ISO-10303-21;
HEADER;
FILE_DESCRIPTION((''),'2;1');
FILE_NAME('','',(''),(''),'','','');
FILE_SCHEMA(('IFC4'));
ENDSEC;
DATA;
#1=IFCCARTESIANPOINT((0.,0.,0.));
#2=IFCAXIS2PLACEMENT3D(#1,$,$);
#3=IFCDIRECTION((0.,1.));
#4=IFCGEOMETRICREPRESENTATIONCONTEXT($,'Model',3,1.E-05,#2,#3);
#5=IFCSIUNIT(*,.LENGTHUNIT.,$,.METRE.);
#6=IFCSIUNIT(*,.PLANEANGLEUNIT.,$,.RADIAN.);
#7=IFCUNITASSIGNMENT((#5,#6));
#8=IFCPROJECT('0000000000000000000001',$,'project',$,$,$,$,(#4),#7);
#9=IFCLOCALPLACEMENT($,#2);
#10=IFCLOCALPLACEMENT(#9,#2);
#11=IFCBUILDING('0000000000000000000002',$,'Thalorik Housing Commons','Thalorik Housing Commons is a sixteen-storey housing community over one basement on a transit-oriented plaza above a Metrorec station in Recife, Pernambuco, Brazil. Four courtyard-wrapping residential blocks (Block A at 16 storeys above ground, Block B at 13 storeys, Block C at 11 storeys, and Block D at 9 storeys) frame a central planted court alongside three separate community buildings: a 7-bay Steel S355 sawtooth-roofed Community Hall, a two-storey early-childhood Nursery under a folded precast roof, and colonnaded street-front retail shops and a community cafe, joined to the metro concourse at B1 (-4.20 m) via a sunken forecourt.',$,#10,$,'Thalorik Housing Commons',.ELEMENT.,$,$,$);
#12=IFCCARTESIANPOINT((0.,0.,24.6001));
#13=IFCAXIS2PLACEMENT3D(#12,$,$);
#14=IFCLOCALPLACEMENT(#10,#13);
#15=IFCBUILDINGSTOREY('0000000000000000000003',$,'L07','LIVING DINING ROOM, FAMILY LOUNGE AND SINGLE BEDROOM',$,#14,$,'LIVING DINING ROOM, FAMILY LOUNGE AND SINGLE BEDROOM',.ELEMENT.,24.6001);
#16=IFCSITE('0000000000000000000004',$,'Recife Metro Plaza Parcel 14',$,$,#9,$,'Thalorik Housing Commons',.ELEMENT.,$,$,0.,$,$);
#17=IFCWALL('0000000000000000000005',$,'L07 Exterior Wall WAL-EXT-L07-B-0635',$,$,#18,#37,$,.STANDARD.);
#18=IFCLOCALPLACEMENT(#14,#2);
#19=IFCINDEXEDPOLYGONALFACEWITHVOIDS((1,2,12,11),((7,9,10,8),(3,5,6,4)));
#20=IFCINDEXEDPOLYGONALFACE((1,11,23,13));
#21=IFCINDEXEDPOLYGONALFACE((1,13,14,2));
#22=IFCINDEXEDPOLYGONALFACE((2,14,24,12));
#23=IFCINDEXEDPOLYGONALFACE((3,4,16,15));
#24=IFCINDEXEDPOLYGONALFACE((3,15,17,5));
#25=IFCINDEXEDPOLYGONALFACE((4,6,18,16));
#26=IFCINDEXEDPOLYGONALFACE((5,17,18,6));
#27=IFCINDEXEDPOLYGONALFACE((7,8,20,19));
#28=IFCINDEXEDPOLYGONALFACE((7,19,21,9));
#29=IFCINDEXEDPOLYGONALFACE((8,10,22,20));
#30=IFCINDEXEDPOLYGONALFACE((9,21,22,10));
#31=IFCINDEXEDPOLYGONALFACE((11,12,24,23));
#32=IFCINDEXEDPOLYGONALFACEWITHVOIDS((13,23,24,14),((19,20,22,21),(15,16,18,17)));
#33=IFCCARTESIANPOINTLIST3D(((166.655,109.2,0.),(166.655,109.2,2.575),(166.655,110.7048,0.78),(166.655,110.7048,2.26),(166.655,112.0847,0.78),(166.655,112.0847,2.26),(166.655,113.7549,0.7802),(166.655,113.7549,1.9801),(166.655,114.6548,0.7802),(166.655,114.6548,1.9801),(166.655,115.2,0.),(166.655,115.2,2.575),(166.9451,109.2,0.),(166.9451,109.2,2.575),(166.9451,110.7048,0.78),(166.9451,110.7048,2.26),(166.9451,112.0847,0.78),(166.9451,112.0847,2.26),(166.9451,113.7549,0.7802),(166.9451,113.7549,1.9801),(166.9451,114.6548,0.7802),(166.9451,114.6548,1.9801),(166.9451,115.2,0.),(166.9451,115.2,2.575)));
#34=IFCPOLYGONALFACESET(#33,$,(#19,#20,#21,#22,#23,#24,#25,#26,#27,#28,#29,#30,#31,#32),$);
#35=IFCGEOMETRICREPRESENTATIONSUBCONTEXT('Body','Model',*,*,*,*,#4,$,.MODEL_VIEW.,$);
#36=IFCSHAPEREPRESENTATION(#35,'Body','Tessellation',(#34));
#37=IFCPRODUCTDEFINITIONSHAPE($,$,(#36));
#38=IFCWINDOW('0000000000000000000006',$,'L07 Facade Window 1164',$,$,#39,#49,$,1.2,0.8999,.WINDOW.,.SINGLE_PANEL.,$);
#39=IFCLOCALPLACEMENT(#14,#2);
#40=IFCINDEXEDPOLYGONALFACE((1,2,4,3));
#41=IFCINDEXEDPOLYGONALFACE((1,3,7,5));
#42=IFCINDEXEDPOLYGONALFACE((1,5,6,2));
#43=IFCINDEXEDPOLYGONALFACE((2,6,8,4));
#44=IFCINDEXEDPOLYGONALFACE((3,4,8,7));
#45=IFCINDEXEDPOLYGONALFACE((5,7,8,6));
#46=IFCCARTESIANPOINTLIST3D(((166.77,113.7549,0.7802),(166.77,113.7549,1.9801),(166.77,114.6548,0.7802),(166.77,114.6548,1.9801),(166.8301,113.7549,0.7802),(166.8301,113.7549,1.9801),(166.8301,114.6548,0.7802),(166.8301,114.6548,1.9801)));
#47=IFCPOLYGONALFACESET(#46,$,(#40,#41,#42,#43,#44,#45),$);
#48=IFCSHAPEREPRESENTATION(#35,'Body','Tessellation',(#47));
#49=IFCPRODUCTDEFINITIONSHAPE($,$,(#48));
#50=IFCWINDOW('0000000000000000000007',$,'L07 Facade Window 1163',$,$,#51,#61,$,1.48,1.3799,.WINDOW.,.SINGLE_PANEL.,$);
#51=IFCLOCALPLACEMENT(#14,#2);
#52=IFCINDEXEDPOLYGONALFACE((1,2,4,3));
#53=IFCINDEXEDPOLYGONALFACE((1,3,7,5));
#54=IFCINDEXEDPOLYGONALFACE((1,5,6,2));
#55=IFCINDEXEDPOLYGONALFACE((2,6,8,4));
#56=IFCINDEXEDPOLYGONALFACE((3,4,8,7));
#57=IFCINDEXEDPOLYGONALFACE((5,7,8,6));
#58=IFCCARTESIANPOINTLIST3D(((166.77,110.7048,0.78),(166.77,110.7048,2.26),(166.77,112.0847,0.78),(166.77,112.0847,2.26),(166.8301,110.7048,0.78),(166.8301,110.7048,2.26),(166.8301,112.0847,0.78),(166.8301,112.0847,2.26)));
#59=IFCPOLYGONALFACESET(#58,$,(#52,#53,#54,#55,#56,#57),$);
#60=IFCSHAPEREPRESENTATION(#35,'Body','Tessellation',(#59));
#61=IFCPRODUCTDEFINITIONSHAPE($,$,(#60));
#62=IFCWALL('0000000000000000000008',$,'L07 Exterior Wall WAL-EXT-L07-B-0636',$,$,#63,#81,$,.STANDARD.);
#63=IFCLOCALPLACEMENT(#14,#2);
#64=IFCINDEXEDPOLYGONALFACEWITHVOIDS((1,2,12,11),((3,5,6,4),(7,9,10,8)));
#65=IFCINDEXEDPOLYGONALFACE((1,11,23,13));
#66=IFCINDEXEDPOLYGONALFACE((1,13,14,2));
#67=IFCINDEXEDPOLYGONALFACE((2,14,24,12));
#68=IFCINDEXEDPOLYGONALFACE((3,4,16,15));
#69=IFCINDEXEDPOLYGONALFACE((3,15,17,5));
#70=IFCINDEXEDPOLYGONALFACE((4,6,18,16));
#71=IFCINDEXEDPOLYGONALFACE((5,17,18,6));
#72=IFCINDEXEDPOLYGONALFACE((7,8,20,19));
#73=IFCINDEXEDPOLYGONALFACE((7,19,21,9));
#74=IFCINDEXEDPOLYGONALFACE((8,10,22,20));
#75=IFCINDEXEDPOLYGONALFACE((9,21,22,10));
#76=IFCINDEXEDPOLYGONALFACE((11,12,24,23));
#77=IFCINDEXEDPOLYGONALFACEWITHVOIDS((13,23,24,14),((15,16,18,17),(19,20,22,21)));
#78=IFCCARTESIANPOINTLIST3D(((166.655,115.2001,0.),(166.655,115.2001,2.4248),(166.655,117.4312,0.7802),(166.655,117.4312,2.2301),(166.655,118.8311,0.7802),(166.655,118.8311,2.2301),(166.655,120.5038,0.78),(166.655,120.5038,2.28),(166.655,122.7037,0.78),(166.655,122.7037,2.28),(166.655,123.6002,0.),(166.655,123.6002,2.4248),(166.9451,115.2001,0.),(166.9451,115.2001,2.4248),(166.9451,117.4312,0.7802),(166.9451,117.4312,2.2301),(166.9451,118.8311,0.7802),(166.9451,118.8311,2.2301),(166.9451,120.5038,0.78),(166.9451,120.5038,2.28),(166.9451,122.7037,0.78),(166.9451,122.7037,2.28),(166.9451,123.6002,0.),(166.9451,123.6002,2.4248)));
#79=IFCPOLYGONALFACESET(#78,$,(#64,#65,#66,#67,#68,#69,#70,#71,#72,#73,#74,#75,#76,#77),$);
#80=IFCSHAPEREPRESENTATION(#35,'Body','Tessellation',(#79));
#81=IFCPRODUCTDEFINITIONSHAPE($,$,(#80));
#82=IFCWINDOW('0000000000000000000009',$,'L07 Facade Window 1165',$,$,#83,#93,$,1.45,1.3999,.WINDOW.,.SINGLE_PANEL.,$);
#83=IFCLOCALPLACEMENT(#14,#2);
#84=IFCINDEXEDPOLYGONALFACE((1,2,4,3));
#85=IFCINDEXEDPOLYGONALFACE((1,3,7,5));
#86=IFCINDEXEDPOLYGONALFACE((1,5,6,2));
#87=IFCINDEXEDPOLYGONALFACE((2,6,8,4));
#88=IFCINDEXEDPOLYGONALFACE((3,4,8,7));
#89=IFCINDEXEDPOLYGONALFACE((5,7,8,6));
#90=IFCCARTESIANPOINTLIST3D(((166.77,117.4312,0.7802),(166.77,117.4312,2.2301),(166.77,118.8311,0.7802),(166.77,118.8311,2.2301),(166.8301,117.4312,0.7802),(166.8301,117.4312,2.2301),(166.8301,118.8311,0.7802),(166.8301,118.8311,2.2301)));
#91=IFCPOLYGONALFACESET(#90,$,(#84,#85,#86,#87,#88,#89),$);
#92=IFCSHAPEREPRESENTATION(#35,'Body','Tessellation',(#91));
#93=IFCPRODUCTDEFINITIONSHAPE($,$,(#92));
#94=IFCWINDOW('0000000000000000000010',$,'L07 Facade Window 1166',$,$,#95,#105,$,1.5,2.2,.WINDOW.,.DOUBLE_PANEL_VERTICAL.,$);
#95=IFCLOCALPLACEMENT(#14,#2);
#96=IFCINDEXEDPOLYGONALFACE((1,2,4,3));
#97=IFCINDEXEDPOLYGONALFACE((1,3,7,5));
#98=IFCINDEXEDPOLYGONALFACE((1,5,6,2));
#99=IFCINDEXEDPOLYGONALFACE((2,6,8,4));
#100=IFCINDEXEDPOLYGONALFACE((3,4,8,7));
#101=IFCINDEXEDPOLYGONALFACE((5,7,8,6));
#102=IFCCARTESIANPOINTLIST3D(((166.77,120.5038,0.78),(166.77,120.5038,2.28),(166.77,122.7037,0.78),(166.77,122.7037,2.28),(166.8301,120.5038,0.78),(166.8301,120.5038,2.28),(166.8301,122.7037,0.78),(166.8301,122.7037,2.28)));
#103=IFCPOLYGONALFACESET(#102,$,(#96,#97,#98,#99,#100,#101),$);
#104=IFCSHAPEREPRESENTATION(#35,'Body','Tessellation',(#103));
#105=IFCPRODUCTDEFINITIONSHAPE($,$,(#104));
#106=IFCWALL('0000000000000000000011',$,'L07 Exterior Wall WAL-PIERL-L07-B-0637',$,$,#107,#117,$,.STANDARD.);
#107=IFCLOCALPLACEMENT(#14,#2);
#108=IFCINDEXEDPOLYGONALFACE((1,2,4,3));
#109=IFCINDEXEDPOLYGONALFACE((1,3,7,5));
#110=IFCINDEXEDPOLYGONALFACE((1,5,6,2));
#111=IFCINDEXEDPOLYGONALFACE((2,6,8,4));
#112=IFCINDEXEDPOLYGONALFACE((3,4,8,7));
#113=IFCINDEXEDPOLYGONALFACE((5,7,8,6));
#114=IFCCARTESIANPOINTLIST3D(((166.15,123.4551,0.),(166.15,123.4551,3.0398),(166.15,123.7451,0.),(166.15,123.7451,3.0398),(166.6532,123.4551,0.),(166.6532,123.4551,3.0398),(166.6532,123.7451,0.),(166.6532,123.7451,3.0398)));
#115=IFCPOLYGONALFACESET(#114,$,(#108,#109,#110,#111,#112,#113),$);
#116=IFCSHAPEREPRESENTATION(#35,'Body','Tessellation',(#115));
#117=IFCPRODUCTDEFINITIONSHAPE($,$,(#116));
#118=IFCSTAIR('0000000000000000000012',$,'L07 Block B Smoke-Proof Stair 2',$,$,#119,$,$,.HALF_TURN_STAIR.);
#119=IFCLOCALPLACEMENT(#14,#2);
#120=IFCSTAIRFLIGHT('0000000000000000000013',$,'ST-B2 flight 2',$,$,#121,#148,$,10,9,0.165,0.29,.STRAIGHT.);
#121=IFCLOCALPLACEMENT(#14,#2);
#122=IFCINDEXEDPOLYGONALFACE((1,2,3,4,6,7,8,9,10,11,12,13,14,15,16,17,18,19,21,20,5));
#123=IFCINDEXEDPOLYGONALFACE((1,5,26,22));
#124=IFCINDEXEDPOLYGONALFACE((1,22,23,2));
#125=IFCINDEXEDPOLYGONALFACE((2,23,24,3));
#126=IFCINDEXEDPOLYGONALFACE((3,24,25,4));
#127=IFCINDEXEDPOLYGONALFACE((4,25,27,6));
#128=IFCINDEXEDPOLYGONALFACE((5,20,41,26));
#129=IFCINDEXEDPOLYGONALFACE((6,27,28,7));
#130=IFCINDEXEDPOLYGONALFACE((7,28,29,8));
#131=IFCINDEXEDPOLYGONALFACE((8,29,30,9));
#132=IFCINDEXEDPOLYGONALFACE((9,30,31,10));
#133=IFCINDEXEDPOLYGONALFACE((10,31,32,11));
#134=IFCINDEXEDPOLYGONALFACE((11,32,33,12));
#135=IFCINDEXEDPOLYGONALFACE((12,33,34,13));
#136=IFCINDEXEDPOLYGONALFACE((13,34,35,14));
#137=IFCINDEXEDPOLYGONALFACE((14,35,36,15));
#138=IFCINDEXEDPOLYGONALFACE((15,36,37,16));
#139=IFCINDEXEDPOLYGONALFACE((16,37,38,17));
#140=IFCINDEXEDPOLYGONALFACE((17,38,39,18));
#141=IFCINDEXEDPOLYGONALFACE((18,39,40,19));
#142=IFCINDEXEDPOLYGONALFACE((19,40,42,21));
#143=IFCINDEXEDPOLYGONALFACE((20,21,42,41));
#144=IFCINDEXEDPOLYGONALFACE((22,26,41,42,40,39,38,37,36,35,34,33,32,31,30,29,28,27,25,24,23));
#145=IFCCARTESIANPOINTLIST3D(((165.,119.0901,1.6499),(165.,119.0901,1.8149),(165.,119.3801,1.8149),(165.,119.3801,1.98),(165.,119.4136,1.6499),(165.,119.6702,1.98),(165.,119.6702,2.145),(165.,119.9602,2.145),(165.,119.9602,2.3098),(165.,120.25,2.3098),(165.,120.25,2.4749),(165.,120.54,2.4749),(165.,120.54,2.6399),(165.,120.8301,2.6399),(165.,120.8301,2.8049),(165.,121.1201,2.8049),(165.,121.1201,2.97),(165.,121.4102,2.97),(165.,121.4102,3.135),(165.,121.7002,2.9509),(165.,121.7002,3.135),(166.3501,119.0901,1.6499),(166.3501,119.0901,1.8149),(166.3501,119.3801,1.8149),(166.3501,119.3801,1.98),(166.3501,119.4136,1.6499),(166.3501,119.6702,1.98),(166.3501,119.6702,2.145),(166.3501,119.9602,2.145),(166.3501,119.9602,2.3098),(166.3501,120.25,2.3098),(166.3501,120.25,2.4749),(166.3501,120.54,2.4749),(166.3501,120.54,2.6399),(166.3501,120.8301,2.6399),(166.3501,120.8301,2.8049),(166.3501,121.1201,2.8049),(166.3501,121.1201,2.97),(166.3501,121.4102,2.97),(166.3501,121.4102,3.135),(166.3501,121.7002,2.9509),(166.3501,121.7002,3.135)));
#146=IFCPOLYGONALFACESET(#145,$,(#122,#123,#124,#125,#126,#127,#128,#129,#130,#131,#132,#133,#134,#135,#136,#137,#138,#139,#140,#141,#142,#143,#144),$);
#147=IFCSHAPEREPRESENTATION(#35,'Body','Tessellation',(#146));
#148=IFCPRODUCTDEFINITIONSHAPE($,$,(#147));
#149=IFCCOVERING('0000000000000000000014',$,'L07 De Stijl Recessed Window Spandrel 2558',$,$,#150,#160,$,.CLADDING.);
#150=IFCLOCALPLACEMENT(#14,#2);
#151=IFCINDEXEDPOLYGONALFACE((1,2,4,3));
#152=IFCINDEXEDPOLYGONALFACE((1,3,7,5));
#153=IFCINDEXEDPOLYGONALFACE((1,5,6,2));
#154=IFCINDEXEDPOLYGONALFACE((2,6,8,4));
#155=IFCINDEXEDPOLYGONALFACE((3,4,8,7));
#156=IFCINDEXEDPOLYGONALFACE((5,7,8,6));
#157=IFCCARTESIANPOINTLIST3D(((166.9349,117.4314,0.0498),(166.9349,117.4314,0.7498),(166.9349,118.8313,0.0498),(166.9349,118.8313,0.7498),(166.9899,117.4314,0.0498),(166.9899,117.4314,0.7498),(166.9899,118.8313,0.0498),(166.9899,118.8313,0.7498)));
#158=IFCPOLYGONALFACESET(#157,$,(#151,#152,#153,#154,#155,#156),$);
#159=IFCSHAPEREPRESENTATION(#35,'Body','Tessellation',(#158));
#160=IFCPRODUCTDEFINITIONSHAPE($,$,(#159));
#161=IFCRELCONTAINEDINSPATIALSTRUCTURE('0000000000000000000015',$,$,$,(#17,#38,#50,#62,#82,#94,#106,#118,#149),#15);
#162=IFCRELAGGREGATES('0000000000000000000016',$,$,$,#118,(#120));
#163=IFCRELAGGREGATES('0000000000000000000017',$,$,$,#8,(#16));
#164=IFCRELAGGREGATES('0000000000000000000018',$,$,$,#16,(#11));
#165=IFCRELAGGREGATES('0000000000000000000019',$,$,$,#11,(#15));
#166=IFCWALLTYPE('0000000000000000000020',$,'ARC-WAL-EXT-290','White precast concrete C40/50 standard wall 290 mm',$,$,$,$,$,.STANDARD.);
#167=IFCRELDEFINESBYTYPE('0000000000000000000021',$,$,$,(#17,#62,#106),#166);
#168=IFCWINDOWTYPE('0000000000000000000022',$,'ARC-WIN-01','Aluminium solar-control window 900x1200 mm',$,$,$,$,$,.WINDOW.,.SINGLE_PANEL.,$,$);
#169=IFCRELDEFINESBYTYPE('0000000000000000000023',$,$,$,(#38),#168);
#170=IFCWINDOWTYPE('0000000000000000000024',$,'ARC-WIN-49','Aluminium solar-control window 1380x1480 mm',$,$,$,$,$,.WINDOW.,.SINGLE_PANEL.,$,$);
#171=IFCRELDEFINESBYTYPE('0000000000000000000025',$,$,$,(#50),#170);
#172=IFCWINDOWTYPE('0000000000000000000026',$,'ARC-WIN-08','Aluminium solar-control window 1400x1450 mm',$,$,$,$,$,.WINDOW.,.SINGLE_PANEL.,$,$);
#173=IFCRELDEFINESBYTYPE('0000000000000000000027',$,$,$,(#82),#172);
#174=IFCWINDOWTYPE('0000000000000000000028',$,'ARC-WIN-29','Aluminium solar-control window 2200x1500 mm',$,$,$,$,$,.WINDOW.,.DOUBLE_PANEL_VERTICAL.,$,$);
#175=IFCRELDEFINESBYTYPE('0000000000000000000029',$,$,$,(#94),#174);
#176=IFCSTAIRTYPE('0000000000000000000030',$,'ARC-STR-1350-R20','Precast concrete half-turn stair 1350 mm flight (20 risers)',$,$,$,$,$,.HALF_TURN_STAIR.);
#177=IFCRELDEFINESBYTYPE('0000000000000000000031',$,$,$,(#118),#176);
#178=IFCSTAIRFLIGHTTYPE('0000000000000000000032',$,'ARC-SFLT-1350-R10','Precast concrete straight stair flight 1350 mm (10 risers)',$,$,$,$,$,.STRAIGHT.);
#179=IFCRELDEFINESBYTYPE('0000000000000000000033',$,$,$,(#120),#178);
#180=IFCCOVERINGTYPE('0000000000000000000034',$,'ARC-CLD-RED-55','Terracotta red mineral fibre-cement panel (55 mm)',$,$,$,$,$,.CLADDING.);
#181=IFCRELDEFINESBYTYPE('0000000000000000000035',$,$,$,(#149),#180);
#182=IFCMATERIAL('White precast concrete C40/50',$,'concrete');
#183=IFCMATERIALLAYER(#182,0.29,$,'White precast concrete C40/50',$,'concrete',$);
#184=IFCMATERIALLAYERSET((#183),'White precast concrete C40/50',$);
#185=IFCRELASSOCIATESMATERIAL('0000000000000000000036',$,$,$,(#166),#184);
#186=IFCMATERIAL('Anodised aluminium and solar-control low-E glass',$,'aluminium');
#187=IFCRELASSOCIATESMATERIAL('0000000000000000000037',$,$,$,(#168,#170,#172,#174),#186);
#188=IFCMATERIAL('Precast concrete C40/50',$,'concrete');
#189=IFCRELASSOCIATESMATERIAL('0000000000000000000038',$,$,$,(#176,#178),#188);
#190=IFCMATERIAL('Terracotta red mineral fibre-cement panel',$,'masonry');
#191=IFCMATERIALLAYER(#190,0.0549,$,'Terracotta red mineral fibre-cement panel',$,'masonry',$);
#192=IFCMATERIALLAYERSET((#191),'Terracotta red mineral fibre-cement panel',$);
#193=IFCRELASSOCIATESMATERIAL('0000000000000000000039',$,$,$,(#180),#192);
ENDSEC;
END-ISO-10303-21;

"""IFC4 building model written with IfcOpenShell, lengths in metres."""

from ifc_helpers import new_model, si_unit, direction, frame, frame_2d, origin, origin_2d, place, context, subcontext, project, spatial, polyline, rectangle, outline, extrude, material, layer, layer_set, type_object, element, fill, aggregate, save


model = new_model("IFC4")

# Units and contexts
model_context = context("Model", 3, precision=1e-05, world=origin(), true_north=direction((0.0, 1.0)))
body_context = subcontext(model_context, "Body", "Model", "MODEL_VIEW")
ifc_project = project(units=[si_unit("LENGTHUNIT", "METRE"), si_unit("PLANEANGLEUNIT", "RADIAN")], contexts=[model_context])

# Site, building, storey
site_placement = place(None, origin())
site = spatial("IfcSite", under=ifc_project, at=site_placement, Name="Recife Metro Plaza Parcel 14", LongName="Thalorik Housing Commons", CompositionType="ELEMENT", RefElevation=0.0)
building_placement = place(site_placement, origin())
building = spatial("IfcBuilding", under=site, at=building_placement, Name="Thalorik Housing Commons", Description="Thalorik Housing Commons is a sixteen-storey housing community over one basement on a transit-oriented plaza above a Metrorec station in Recife, Pernambuco, Brazil. Four courtyard-wrapping residential blocks (Block A at 16 storeys above ground, Block B at 13 storeys, Block C at 11 storeys, and Block D at 9 storeys) frame a central planted court alongside three separate community buildings: a 7-bay Steel S355 sawtooth-roofed Community Hall, a two-storey early-childhood Nursery under a folded precast roof, and colonnaded street-front retail shops and a community cafe, joined to the metro concourse at B1 (-4.20 m) via a sunken forecourt.", LongName="Thalorik Housing Commons", CompositionType="ELEMENT")
storey_placement = place(building_placement, frame((0.0, 0.0, 24.6001)))
storey = spatial("IfcBuildingStorey", under=building, at=storey_placement, Name="L07", Description="LIVING DINING ROOM, FAMILY LOUNGE AND SINGLE BEDROOM", LongName="LIVING DINING ROOM, FAMILY LOUNGE AND SINGLE BEDROOM", CompositionType="ELEMENT", Elevation=24.6001)

# Shared definitions
ifc_material_1 = material(Name="Precast concrete C40/50", Category="concrete")

# Shared definitions
ifc_material_2 = material(Name="Anodised aluminium and solar-control low-E glass", Category="aluminium")

# Walls, openings, windows
ifc_material_3 = material(Name="White precast concrete C40/50", Category="concrete")
ifc_layer_1 = layer(ifc_material_3, 0.29, Name="White precast concrete C40/50", Category="concrete")
ifc_layer_set_1 = layer_set([ifc_layer_1], Name="White precast concrete C40/50")
wall_type_1 = type_object("IfcWallType", Name="ARC-WAL-EXT-290", Description="White precast concrete C40/50 standard wall 290 mm", PredefinedType="STANDARD", material=ifc_layer_set_1)
wall_1_placement = place(storey_placement, frame((166.8, 109.2, 0.0), z_axis=(0.0, 0.0, 1.0), x_axis=(0.0, 1.0, 0.0)))
wall_1 = element("IfcWall", 1, at=wall_1_placement, inside=storey, type_object=wall_type_1, Name="L07 Exterior Wall WAL-EXT-L07-B-0635", PredefinedType="STANDARD", context=body_context, shape_type="SweptSolid", body=[
    extrude(rectangle(XDim=6.0, YDim=0.29, at=frame_2d((3.0, 0.0))), origin(), (0.0, 0.0, 1.0), 2.575),
])
opening_1_placement = place(wall_1_placement, frame((1.5049, 0.0, 0.78)))
opening_1 = element("IfcOpeningElement", 2, at=opening_1_placement, cuts=wall_1, PredefinedType="OPENING", context=body_context, shape_type="SweptSolid", body=[
    extrude(rectangle(XDim=1.3799, YDim=1.48, at=frame_2d((0.6899, 0.74))), frame((0.0, 0.155, 0.0), z_axis=(0.0, -1.0, 0.0), x_axis=(1.0, 0.0, 0.0)), (0.0, 0.0, 1.0), 0.3101),
])
opening_2_placement = place(wall_1_placement, frame((4.5549, 0.0, 0.78)))
opening_2 = element("IfcOpeningElement", 3, at=opening_2_placement, cuts=wall_1, PredefinedType="OPENING", context=body_context, shape_type="SweptSolid", body=[
    extrude(rectangle(XDim=0.8999, YDim=1.2, at=frame_2d((0.45, 0.6001))), frame((0.0, 0.155, 0.0), z_axis=(0.0, -1.0, 0.0), x_axis=(1.0, 0.0, 0.0)), (0.0, 0.0, 1.0), 0.3101),
])
window_type_1 = type_object("IfcWindowType", Name="ARC-WIN-01", Description="Aluminium solar-control window 900x1200 mm", PartitioningType="SINGLE_PANEL", PredefinedType="WINDOW", material=ifc_material_2)
window_1_placement = place(opening_2_placement, origin())
window_1 = element("IfcWindow", 4, at=window_1_placement, inside=storey, type_object=window_type_1, Name="L07 Facade Window 1164", OverallHeight=1.2, OverallWidth=0.8999, PartitioningType="SINGLE_PANEL", PredefinedType="WINDOW", context=body_context, shape_type="SweptSolid", body=[
    extrude(rectangle(XDim=0.8999, YDim=1.2, at=frame_2d((0.45, 0.6001))), frame((0.0, 0.03, 0.0), z_axis=(0.0, -1.0, 0.0), x_axis=(1.0, 0.0, 0.0)), (0.0, 0.0, 1.0), 0.0601),
])
fill(opening_2, window_1)
window_type_2 = type_object("IfcWindowType", Name="ARC-WIN-49", Description="Aluminium solar-control window 1380x1480 mm", PartitioningType="SINGLE_PANEL", PredefinedType="WINDOW", material=ifc_material_2)
window_2_placement = place(opening_1_placement, origin())
window_2 = element("IfcWindow", 5, at=window_2_placement, inside=storey, type_object=window_type_2, Name="L07 Facade Window 1163", OverallHeight=1.48, OverallWidth=1.3799, PartitioningType="SINGLE_PANEL", PredefinedType="WINDOW", context=body_context, shape_type="SweptSolid", body=[
    extrude(rectangle(XDim=1.3799, YDim=1.48, at=frame_2d((0.6899, 0.74))), frame((0.0, 0.03, 0.0), z_axis=(0.0, -1.0, 0.0), x_axis=(1.0, 0.0, 0.0)), (0.0, 0.0, 1.0), 0.0601),
])
fill(opening_1, window_2)
wall_2_placement = place(storey_placement, frame((166.8, 115.2, 0.0), z_axis=(0.0, 0.0, 1.0), x_axis=(0.0, 1.0, 0.0)))
wall_2 = element("IfcWall", 6, at=wall_2_placement, inside=storey, type_object=wall_type_1, Name="L07 Exterior Wall WAL-EXT-L07-B-0636", PredefinedType="STANDARD", context=body_context, shape_type="SweptSolid", body=[
    extrude(rectangle(XDim=8.4001, YDim=0.29, at=frame_2d((4.2002, 0.0))), origin(), (0.0, 0.0, 1.0), 2.4248),
])
opening_3_placement = place(wall_2_placement, frame((2.2312, 0.0, 0.78)))
opening_3 = element("IfcOpeningElement", 7, at=opening_3_placement, cuts=wall_2, PredefinedType="OPENING", context=body_context, shape_type="SweptSolid", body=[
    extrude(rectangle(XDim=1.3999, YDim=1.45, at=frame_2d((0.7, 0.7251))), frame((0.0, 0.155, 0.0), z_axis=(0.0, -1.0, 0.0), x_axis=(1.0, 0.0, 0.0)), (0.0, 0.0, 1.0), 0.3101),
])
opening_4_placement = place(wall_2_placement, frame((5.3037, 0.0, 0.78)))
opening_4 = element("IfcOpeningElement", 8, at=opening_4_placement, cuts=wall_2, PredefinedType="OPENING", context=body_context, shape_type="SweptSolid", body=[
    extrude(rectangle(XDim=2.2, YDim=1.5, at=frame_2d((1.1001, 0.75))), frame((0.0, 0.155, 0.0), z_axis=(0.0, -1.0, 0.0), x_axis=(1.0, 0.0, 0.0)), (0.0, 0.0, 1.0), 0.3101),
])
window_type_3 = type_object("IfcWindowType", Name="ARC-WIN-08", Description="Aluminium solar-control window 1400x1450 mm", PartitioningType="SINGLE_PANEL", PredefinedType="WINDOW", material=ifc_material_2)
window_3_placement = place(opening_3_placement, origin())
window_3 = element("IfcWindow", 9, at=window_3_placement, inside=storey, type_object=window_type_3, Name="L07 Facade Window 1165", OverallHeight=1.45, OverallWidth=1.3999, PartitioningType="SINGLE_PANEL", PredefinedType="WINDOW", context=body_context, shape_type="SweptSolid", body=[
    extrude(rectangle(XDim=1.3999, YDim=1.45, at=frame_2d((0.7, 0.7251))), frame((0.0, 0.03, 0.0), z_axis=(0.0, -1.0, 0.0), x_axis=(1.0, 0.0, 0.0)), (0.0, 0.0, 1.0), 0.0601),
])
fill(opening_3, window_3)
window_type_4 = type_object("IfcWindowType", Name="ARC-WIN-29", Description="Aluminium solar-control window 2200x1500 mm", PartitioningType="DOUBLE_PANEL_VERTICAL", PredefinedType="WINDOW", material=ifc_material_2)
window_4_placement = place(opening_4_placement, origin())
window_4 = element("IfcWindow", 10, at=window_4_placement, inside=storey, type_object=window_type_4, Name="L07 Facade Window 1166", OverallHeight=1.5, OverallWidth=2.2, PartitioningType="DOUBLE_PANEL_VERTICAL", PredefinedType="WINDOW", context=body_context, shape_type="SweptSolid", body=[
    extrude(rectangle(XDim=2.2, YDim=1.5, at=frame_2d((1.1001, 0.75))), frame((0.0, 0.03, 0.0), z_axis=(0.0, -1.0, 0.0), x_axis=(1.0, 0.0, 0.0)), (0.0, 0.0, 1.0), 0.0601),
])
fill(opening_4, window_4)

# Wall
wall_3_placement = place(storey_placement, frame((166.6531, 123.6001, 0.0), z_axis=(0.0, 0.0, 1.0), x_axis=(-1.0, 0.0, 0.0)))
element("IfcWall", 11, at=wall_3_placement, inside=storey, type_object=wall_type_1, Name="L07 Exterior Wall WAL-PIERL-L07-B-0637", PredefinedType="STANDARD", context=body_context, shape_type="SweptSolid", body=[
    extrude(rectangle(XDim=0.5032, YDim=0.29, at=frame_2d((0.2515, 0.0))), origin(), (0.0, 0.0, 1.0), 3.0398),
])

# Stair, stair flight
stair_type = type_object("IfcStairType", Name="ARC-STR-1350-R20", Description="Precast concrete half-turn stair 1350 mm flight (20 risers)", PredefinedType="HALF_TURN_STAIR", material=ifc_material_1)
stair_placement = place(storey_placement, origin())
stair = element("IfcStair", 12, at=stair_placement, inside=storey, type_object=stair_type, Name="L07 Block B Smoke-Proof Stair 2", PredefinedType="HALF_TURN_STAIR")
stair_flight_type = type_object("IfcStairFlightType", Name="ARC-SFLT-1350-R10", Description="Precast concrete straight stair flight 1350 mm (10 risers)", PredefinedType="STRAIGHT", material=ifc_material_1)
stair_flight_placement = place(storey_placement, frame((165.675, 119.0901, 1.6499), z_axis=(0.0, 0.0, 1.0), x_axis=(0.0, 1.0, 0.0)))
stair_flight = element("IfcStairFlight", 13, at=stair_flight_placement, type_object=stair_flight_type, Name="ST-B2 flight 2", NumberOfRisers=10, NumberOfTreads=9, PredefinedType="STRAIGHT", RiserHeight=0.165, TreadLength=0.29, context=body_context, shape_type="SweptSolid", body=[
    extrude(outline(polyline([(0.0, 0.0), (0.0, 0.165), (0.29, 0.165), (0.29, 0.3301), (0.5801, 0.3301), (0.5801, 0.4951), (0.8701, 0.4951), (0.8701, 0.6599), (1.1599, 0.6599), (1.1599, 0.825), (1.45, 0.825), (1.45, 0.99), (1.74, 0.99), (1.74, 1.155), (2.03, 1.155), (2.03, 1.3201), (2.3201, 1.3201), (2.3201, 1.4851), (2.6101, 1.4851), (2.6101, 1.6499), (2.6101, 1.301), (0.3235, 0.0), (0.0, 0.0)])), frame((0.0, 0.675, 0.0), z_axis=(0.0, -1.0, 0.0), x_axis=(1.0, 0.0, 0.0)), (0.0, 0.0, 1.0), 1.3501),
])
aggregate(stair, [stair_flight])

# Covering
ifc_material_4 = material(Name="Terracotta red mineral fibre-cement panel", Category="masonry")
ifc_layer_2 = layer(ifc_material_4, 0.0549, Name="Terracotta red mineral fibre-cement panel", Category="masonry")
ifc_layer_set_2 = layer_set([ifc_layer_2], Name="Terracotta red mineral fibre-cement panel")
covering_type_1 = type_object("IfcCoveringType", Name="ARC-CLD-RED-55", Description="Terracotta red mineral fibre-cement panel (55 mm)", PredefinedType="CLADDING", material=ifc_layer_set_2)
covering_1_placement = place(storey_placement, frame((166.9624, 118.1313, 0.0498), z_axis=(0.0, 0.0, 1.0), x_axis=(0.0, 1.0, 0.0)))
element("IfcCovering", 14, at=covering_1_placement, inside=storey, type_object=covering_type_1, Name="L07 De Stijl Recessed Window Spandrel 2558", PredefinedType="CLADDING", context=body_context, shape_type="SweptSolid", body=[
    extrude(rectangle(XDim=1.3999, YDim=0.0549, at=origin_2d()), origin(), (0.0, 0.0, 1.0), 0.7),
])

save(model, "model.ifc")
